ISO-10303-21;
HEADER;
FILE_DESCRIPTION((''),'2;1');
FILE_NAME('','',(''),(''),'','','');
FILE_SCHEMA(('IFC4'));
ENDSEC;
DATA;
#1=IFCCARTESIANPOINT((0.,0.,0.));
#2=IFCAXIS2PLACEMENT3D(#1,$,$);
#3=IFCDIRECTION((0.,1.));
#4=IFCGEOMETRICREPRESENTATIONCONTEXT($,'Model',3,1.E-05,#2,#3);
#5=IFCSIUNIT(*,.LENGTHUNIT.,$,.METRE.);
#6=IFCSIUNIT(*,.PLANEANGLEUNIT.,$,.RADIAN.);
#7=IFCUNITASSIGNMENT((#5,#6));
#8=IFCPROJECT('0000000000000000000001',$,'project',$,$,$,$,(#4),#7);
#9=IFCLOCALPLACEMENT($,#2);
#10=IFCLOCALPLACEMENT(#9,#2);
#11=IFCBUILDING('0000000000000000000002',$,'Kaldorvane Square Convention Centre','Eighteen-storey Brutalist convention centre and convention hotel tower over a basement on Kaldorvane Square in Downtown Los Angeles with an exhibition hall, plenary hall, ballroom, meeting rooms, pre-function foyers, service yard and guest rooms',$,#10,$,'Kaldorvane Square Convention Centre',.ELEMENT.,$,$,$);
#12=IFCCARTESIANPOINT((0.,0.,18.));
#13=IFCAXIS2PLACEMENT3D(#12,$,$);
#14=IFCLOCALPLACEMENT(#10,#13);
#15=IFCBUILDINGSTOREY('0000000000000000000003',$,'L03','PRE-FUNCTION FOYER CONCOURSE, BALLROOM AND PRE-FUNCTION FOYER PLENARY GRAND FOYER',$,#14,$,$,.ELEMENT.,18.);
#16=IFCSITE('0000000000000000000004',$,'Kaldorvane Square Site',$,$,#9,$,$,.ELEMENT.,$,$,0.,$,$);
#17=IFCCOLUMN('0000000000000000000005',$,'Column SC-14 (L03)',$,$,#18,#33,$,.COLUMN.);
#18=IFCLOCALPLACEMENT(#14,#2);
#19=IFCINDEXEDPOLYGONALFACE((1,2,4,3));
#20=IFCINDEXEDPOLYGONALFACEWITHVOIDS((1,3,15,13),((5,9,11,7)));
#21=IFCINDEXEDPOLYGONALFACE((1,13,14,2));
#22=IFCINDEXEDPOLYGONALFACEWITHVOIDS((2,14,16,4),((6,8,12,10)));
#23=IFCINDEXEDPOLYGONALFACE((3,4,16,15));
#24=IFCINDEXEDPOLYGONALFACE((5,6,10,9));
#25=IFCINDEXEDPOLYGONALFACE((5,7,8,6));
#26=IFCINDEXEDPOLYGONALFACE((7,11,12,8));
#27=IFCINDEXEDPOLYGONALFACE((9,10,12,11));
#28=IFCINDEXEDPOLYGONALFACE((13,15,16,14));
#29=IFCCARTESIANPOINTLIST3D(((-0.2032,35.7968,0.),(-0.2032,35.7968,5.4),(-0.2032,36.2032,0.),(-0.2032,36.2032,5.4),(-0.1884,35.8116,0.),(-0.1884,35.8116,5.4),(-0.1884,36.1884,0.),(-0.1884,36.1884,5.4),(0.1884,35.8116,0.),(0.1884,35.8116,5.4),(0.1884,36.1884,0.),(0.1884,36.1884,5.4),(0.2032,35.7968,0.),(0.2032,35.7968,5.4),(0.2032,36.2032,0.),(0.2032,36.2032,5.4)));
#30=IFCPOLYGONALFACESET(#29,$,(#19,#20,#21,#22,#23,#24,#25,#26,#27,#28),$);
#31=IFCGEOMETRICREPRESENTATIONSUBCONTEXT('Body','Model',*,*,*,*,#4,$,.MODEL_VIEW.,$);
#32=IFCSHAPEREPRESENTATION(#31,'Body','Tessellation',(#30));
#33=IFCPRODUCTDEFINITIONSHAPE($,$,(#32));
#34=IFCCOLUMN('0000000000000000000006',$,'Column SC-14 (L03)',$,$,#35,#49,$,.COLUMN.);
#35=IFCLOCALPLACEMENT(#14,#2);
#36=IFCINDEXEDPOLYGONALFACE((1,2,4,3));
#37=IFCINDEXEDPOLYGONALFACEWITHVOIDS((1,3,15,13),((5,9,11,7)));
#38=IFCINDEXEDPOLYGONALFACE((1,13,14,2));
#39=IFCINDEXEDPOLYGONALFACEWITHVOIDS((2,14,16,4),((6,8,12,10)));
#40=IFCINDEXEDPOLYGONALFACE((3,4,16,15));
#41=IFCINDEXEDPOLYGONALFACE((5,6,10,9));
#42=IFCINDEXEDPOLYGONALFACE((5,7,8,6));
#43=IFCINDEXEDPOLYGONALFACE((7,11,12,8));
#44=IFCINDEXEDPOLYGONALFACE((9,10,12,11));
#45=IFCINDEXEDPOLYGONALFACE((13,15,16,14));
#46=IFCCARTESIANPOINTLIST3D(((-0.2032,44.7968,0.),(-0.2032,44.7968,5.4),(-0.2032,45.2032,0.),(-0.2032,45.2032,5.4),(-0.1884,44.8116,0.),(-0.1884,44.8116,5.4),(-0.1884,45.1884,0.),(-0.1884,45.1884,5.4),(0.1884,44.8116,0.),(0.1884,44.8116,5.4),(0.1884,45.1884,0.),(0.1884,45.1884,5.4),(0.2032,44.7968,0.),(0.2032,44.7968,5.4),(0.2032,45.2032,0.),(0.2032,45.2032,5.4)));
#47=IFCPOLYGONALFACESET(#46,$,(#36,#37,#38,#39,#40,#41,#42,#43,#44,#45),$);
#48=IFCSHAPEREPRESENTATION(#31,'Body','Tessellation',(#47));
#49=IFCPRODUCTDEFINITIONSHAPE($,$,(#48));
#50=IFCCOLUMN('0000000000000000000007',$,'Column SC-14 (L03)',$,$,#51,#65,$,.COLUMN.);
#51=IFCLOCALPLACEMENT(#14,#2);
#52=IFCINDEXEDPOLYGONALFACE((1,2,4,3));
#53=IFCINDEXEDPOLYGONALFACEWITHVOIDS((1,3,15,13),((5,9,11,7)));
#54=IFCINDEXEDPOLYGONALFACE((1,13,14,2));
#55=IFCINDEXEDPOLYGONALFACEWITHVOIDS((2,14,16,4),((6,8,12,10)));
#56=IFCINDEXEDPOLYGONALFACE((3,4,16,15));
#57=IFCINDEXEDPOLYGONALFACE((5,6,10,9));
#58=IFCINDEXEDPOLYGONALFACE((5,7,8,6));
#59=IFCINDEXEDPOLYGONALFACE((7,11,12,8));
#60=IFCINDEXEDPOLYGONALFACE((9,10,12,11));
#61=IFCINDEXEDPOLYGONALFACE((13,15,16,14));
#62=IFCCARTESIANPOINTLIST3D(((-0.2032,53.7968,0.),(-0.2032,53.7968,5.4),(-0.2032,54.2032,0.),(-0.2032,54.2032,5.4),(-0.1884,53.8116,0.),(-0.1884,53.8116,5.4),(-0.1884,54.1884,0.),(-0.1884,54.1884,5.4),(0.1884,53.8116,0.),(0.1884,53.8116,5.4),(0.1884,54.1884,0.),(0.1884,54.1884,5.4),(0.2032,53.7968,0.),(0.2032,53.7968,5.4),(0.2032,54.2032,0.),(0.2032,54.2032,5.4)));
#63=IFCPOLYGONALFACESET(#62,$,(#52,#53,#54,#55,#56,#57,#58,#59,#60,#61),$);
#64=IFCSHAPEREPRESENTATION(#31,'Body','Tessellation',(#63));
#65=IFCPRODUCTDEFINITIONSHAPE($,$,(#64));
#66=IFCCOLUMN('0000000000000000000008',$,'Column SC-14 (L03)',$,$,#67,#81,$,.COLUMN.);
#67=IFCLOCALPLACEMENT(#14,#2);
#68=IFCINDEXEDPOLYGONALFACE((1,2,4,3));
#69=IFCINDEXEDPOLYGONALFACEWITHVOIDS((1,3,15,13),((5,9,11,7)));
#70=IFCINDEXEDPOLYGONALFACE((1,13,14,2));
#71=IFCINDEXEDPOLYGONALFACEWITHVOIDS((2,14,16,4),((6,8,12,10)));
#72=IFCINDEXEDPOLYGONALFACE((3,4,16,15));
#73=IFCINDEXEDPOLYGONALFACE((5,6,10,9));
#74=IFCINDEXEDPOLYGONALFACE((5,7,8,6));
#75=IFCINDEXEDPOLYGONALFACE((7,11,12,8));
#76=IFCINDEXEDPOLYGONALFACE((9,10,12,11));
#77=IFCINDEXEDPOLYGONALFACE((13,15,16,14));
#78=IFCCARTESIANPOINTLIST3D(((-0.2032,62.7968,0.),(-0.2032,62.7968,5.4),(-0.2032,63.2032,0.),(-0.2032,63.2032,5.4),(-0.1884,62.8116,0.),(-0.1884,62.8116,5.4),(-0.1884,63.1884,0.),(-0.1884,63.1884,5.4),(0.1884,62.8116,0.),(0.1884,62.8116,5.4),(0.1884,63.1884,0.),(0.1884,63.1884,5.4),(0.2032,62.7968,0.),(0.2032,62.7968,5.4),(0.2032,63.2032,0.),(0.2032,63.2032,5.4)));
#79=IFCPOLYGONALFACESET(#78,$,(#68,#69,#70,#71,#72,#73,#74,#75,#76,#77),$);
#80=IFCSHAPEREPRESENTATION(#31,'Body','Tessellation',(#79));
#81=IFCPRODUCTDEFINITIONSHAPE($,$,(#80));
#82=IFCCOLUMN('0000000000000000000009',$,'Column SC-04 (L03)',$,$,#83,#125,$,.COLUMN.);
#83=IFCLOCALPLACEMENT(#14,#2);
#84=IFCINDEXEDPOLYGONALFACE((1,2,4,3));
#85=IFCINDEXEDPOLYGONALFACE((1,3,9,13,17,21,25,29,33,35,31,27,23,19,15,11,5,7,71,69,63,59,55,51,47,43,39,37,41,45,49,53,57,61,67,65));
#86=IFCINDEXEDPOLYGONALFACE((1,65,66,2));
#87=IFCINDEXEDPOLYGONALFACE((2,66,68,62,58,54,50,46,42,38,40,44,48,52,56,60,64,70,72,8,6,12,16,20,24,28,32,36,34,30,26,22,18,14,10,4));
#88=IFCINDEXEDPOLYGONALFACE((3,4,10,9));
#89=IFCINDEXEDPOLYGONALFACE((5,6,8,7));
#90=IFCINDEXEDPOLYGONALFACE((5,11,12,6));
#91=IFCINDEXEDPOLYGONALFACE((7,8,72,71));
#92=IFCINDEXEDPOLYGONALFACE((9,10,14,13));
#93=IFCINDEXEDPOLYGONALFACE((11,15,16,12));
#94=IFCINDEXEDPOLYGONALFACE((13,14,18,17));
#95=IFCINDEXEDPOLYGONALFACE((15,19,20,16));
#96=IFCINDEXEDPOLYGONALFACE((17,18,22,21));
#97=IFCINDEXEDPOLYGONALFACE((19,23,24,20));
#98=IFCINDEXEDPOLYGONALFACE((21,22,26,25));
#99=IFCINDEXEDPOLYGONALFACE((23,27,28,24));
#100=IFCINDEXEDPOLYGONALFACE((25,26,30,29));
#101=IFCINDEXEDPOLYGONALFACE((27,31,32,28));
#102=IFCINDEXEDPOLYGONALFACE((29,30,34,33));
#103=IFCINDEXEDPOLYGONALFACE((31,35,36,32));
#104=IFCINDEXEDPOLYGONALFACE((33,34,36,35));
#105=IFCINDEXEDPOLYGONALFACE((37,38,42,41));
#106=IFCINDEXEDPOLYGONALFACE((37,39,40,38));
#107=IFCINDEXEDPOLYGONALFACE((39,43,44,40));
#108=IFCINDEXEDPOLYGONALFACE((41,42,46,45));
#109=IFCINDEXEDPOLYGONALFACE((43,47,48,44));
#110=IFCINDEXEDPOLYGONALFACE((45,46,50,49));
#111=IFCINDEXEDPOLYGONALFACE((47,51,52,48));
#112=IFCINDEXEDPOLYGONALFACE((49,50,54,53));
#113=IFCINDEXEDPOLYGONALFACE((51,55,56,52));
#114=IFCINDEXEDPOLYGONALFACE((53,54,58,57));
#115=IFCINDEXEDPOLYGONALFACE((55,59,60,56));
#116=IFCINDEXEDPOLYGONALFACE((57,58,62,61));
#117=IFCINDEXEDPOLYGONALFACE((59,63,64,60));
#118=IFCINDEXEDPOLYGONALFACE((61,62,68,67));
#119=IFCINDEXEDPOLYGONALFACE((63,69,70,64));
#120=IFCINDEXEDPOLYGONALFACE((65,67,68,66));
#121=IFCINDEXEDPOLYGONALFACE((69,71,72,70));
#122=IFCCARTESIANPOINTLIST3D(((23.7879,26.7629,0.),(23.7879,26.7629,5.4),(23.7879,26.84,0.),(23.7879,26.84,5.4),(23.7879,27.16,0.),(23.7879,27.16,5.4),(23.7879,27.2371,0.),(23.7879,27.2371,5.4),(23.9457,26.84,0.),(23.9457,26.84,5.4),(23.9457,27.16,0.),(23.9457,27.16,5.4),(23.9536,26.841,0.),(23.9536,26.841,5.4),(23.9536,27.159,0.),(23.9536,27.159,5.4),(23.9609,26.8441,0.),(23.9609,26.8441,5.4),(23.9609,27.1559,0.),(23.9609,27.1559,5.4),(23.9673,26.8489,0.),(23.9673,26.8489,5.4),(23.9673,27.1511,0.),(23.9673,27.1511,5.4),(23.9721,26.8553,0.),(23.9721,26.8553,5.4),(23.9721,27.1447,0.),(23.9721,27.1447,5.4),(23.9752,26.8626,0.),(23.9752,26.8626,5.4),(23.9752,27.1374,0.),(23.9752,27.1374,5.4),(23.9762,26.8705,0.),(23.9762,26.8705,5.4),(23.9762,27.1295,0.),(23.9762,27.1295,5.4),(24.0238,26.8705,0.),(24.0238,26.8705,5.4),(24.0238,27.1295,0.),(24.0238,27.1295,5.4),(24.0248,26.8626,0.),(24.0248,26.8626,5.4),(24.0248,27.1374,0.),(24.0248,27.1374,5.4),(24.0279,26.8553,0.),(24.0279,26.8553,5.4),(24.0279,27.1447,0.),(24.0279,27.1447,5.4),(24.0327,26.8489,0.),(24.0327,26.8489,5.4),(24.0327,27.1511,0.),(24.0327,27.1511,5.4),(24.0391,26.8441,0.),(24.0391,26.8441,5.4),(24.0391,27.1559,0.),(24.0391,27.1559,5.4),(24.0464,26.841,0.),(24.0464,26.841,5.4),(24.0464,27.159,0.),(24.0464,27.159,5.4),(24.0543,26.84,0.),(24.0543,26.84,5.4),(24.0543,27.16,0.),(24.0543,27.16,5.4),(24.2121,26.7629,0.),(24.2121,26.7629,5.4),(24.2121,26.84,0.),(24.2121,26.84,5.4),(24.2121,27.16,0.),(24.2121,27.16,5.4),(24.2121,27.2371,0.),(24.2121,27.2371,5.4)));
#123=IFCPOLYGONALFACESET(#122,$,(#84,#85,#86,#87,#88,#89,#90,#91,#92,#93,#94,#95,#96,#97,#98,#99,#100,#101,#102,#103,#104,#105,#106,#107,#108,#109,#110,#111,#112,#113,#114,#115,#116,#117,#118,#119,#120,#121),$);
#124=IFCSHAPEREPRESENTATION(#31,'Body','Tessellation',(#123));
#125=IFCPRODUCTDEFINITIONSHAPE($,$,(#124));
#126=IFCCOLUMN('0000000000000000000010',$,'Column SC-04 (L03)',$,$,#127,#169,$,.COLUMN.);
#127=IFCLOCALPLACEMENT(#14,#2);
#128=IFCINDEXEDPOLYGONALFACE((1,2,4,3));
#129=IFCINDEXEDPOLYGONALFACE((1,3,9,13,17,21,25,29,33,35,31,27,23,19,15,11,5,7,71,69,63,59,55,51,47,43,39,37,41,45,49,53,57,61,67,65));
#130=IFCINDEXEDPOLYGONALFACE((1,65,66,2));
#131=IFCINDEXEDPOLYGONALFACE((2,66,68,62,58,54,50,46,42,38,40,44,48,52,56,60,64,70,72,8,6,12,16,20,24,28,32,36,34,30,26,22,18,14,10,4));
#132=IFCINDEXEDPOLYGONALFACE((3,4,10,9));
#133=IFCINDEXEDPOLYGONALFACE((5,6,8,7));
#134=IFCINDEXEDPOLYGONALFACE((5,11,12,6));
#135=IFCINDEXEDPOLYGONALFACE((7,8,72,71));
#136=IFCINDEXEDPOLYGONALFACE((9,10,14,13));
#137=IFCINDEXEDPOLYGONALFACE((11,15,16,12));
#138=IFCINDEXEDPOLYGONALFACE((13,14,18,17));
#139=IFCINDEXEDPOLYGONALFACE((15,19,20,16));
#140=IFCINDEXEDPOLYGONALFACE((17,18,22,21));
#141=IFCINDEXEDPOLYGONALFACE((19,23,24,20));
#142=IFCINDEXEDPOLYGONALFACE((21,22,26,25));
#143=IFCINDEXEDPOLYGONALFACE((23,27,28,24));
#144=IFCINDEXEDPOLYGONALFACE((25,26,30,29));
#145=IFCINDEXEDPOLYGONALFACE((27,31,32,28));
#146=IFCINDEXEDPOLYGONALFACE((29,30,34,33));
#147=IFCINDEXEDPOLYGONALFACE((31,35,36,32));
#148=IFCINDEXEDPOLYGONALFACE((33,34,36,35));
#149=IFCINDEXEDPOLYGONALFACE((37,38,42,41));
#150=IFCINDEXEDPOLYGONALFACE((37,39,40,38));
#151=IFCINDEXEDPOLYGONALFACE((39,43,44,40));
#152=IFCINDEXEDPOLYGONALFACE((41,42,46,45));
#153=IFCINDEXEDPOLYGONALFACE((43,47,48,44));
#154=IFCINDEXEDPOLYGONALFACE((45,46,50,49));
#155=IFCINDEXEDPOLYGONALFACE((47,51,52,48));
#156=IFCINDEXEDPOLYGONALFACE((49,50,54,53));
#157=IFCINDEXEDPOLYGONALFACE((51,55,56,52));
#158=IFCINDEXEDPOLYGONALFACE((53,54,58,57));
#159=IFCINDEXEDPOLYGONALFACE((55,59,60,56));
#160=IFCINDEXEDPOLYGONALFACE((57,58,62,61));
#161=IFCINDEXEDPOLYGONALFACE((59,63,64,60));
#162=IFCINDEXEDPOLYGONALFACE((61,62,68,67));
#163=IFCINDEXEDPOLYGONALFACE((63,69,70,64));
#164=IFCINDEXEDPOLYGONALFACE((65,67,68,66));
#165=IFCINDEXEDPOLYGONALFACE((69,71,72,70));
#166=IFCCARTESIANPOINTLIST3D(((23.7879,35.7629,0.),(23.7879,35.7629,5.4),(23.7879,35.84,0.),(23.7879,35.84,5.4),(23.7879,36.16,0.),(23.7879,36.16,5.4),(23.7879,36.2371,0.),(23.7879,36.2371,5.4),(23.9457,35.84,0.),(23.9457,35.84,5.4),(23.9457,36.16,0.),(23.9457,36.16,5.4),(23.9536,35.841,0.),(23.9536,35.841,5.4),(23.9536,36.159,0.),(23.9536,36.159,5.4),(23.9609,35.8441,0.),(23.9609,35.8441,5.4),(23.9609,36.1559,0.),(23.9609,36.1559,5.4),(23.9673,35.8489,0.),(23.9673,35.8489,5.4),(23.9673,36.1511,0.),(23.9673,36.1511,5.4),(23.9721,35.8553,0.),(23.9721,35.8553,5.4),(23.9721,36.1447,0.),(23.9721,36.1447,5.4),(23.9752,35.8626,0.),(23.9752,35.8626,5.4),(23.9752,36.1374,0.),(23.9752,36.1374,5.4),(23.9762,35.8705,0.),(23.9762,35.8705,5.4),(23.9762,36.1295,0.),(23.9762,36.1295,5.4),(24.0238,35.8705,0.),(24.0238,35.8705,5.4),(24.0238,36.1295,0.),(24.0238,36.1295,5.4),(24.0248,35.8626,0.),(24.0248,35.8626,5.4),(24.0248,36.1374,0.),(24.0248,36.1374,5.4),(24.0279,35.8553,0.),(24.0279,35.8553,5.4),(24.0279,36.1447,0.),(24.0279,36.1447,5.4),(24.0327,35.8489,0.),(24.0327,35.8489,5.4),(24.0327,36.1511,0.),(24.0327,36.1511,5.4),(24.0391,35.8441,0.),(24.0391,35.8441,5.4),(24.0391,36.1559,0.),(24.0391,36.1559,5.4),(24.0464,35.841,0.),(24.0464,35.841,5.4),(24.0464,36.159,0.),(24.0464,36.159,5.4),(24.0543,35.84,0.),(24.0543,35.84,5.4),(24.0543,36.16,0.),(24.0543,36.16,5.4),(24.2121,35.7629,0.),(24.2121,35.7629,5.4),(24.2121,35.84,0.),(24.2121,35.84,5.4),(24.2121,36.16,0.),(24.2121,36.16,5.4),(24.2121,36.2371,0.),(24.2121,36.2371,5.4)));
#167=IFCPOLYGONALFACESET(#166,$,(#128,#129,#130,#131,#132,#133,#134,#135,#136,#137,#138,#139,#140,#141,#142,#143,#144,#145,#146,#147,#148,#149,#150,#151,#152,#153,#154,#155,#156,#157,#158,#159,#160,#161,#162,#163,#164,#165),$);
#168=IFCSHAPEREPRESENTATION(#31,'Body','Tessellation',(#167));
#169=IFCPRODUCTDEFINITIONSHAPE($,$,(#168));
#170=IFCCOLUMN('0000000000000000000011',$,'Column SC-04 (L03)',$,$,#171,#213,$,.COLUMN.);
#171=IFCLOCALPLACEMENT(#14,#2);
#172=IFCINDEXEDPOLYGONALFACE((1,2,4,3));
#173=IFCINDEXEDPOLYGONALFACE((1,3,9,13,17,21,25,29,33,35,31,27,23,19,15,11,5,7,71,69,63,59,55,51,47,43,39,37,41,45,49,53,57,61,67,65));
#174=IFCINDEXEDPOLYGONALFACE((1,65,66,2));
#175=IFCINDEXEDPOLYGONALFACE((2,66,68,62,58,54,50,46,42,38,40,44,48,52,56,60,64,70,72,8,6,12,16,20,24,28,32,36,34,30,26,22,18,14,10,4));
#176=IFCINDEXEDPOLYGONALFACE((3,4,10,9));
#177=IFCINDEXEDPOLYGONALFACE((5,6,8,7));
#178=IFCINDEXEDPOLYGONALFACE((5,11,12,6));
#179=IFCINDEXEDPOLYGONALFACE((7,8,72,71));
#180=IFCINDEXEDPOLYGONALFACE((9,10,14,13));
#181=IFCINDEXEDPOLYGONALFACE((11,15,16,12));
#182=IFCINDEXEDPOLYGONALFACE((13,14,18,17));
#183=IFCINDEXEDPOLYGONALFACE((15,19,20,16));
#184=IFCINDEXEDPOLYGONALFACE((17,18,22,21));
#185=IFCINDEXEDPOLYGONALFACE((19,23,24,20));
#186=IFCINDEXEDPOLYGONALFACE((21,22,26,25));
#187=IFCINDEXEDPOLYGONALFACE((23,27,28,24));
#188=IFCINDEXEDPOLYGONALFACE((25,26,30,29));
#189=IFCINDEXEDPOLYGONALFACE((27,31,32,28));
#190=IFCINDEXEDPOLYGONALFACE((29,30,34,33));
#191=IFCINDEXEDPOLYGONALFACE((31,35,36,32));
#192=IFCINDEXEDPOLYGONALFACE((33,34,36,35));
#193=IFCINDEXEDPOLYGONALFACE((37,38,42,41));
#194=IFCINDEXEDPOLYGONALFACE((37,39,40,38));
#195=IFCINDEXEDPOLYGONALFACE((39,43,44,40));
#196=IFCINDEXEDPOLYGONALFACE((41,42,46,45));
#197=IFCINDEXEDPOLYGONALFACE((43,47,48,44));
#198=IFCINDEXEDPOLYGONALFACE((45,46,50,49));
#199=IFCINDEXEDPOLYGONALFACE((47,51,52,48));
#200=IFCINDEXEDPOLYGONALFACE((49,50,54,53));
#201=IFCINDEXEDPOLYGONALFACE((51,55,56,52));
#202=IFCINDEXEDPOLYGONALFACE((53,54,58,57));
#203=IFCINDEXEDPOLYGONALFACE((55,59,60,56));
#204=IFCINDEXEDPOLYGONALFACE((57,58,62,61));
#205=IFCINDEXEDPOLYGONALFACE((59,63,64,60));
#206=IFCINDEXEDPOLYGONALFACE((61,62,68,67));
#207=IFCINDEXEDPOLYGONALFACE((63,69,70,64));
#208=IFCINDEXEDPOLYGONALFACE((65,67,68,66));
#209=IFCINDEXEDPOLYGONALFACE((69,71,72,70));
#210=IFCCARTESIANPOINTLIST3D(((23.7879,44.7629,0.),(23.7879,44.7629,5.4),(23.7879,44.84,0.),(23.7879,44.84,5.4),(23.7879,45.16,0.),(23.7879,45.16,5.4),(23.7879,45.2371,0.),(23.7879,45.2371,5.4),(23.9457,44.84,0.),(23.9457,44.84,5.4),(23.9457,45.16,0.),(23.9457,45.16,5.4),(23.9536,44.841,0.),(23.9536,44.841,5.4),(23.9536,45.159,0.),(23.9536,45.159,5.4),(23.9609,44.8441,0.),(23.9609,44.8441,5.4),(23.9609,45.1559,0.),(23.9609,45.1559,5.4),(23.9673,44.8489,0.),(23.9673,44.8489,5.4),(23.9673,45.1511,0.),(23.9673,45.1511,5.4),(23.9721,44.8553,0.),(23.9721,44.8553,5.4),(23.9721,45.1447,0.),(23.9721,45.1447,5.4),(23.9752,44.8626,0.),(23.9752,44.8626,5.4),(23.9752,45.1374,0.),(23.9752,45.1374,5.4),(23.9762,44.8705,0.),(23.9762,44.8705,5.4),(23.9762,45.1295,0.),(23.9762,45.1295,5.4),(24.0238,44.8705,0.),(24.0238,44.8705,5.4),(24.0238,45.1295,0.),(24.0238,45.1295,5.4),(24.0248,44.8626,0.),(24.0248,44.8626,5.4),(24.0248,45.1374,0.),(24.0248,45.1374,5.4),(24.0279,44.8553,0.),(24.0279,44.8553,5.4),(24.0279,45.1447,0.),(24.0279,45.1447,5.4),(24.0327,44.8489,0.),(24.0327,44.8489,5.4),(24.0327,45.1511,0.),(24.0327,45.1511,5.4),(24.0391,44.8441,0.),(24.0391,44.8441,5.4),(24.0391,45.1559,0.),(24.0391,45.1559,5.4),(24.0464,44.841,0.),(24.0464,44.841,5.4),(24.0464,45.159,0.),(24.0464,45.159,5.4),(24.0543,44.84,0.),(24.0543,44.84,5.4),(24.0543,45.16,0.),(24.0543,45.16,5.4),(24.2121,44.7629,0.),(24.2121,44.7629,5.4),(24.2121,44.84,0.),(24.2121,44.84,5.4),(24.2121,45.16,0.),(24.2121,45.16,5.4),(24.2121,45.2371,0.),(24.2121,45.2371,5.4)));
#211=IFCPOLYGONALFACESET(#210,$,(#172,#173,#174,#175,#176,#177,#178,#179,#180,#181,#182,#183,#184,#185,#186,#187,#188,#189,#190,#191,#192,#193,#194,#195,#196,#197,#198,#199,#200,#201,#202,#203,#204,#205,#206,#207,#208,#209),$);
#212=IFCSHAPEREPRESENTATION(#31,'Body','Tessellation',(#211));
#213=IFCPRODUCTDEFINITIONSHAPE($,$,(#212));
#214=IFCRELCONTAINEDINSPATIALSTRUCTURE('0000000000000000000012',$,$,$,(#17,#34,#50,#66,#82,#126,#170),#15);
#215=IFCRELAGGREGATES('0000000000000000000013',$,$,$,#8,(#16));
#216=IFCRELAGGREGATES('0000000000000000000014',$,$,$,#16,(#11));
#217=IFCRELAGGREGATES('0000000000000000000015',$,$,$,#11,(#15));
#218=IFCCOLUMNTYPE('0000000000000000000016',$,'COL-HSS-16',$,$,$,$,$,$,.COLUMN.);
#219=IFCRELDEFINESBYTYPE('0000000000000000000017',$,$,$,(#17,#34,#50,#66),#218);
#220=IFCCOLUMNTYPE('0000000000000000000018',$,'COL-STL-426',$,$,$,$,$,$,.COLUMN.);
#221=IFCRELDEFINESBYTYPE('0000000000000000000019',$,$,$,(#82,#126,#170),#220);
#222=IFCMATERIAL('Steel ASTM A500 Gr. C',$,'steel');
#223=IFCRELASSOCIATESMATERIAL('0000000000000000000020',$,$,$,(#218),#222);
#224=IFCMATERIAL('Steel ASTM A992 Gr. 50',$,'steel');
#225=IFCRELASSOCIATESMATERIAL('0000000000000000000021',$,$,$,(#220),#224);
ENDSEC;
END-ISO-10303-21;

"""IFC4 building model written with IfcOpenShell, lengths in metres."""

from ifc_helpers import new_model, si_unit, direction, frame, origin, origin_2d, place, context, subcontext, project, spatial, hollow_rectangle, i_section, extrude, material, material_profile, profile_set, type_object, element, save


model = new_model("IFC4")

# Units and contexts
model_context = context("Model", 3, precision=1e-05, world=origin(), true_north=direction((0.0, 1.0)))
body_context = subcontext(model_context, "Body", "Model", "MODEL_VIEW")
ifc_project = project(units=[si_unit("LENGTHUNIT", "METRE"), si_unit("PLANEANGLEUNIT", "RADIAN")], contexts=[model_context])

# Site, building, storey
site_placement = place(None, origin())
site = spatial("IfcSite", under=ifc_project, at=site_placement, Name="Kaldorvane Square Site", CompositionType="ELEMENT", RefElevation=0.0)
building_placement = place(site_placement, origin())
building = spatial("IfcBuilding", under=site, at=building_placement, Name="Kaldorvane Square Convention Centre", Description="Eighteen-storey Brutalist convention centre and convention hotel tower over a basement on Kaldorvane Square in Downtown Los Angeles with an exhibition hall, plenary hall, ballroom, meeting rooms, pre-function foyers, service yard and guest rooms", LongName="Kaldorvane Square Convention Centre", CompositionType="ELEMENT")
storey_placement = place(building_placement, frame((0.0, 0.0, 18.0)))
storey = spatial("IfcBuildingStorey", under=building, at=storey_placement, Name="L03", Description="PRE-FUNCTION FOYER CONCOURSE, BALLROOM AND PRE-FUNCTION FOYER PLENARY GRAND FOYER", CompositionType="ELEMENT", Elevation=18.0)

# Columns
ifc_material_1 = material(Name="Steel ASTM A500 Gr. C", Category="steel")
ifc_material_profile_1 = material_profile(ifc_material_1, hollow_rectangle(XDim=0.4064, YDim=0.4064, WallThickness=0.0148, at=origin_2d()), Name="HSS16X16X5/8")
ifc_profile_set_1 = profile_set([ifc_material_profile_1], Name="Steel ASTM A500 Gr. C")
column_type_1 = type_object("IfcColumnType", Name="COL-HSS-16", PredefinedType="COLUMN", material=ifc_profile_set_1)
for number, where, z_axis, x_axis, name in (
    (1, (0.0, 36.0, 0.0), (0.0, 0.0, 1.0), (1.0, 0.0, 0.0), "Column SC-14 (L03)"),
    (2, (0.0, 45.0, 0.0), (0.0, 0.0, 1.0), (1.0, 0.0, 0.0), "Column SC-14 (L03)"),
    (3, (0.0, 54.0, 0.0), (0.0, 0.0, 1.0), (1.0, 0.0, 0.0), "Column SC-14 (L03)"),
    (4, (0.0, 63.0, 0.0), (0.0, 0.0, 1.0), (1.0, 0.0, 0.0), "Column SC-14 (L03)"),
):
    element("IfcColumn", number, at=place(storey_placement, frame(where, z_axis=z_axis, x_axis=x_axis)), inside=storey, type_object=column_type_1, Name=name, PredefinedType="COLUMN", context=body_context, shape_type="SweptSolid", body=[
        extrude(hollow_rectangle(XDim=0.4064, YDim=0.4064, WallThickness=0.0148, at=origin_2d()), origin(), (0.0, 0.0, 1.0), 5.4),
    ])
ifc_material_2 = material(Name="Steel ASTM A992 Gr. 50", Category="steel")
ifc_material_profile_2 = material_profile(ifc_material_2, i_section(OverallWidth=0.4241, OverallDepth=0.4742, WebThickness=0.0476, FlangeThickness=0.0771, FilletRadius=0.0305, at=origin_2d()), Name="W14X426")
ifc_profile_set_2 = profile_set([ifc_material_profile_2], Name="Steel ASTM A992 Gr. 50")
column_type_2 = type_object("IfcColumnType", Name="COL-STL-426", PredefinedType="COLUMN", material=ifc_profile_set_2)
for number, where, z_axis, x_axis, name in (
    (5, (24.0, 27.0, 0.0), (0.0, 0.0, 1.0), (1.0, 0.0, 0.0), "Column SC-04 (L03)"),
    (6, (24.0, 36.0, 0.0), (0.0, 0.0, 1.0), (1.0, 0.0, 0.0), "Column SC-04 (L03)"),
    (7, (24.0, 45.0, 0.0), (0.0, 0.0, 1.0), (1.0, 0.0, 0.0), "Column SC-04 (L03)"),
):
    element("IfcColumn", number, at=place(storey_placement, frame(where, z_axis=z_axis, x_axis=x_axis)), inside=storey, type_object=column_type_2, Name=name, PredefinedType="COLUMN", context=body_context, shape_type="SweptSolid", body=[
        extrude(i_section(OverallWidth=0.4241, OverallDepth=0.4742, WebThickness=0.0476, FlangeThickness=0.0771, FilletRadius=0.0305, at=origin_2d()), origin(), (0.0, 0.0, 1.0), 5.4),
    ])

save(model, "model.ifc")
